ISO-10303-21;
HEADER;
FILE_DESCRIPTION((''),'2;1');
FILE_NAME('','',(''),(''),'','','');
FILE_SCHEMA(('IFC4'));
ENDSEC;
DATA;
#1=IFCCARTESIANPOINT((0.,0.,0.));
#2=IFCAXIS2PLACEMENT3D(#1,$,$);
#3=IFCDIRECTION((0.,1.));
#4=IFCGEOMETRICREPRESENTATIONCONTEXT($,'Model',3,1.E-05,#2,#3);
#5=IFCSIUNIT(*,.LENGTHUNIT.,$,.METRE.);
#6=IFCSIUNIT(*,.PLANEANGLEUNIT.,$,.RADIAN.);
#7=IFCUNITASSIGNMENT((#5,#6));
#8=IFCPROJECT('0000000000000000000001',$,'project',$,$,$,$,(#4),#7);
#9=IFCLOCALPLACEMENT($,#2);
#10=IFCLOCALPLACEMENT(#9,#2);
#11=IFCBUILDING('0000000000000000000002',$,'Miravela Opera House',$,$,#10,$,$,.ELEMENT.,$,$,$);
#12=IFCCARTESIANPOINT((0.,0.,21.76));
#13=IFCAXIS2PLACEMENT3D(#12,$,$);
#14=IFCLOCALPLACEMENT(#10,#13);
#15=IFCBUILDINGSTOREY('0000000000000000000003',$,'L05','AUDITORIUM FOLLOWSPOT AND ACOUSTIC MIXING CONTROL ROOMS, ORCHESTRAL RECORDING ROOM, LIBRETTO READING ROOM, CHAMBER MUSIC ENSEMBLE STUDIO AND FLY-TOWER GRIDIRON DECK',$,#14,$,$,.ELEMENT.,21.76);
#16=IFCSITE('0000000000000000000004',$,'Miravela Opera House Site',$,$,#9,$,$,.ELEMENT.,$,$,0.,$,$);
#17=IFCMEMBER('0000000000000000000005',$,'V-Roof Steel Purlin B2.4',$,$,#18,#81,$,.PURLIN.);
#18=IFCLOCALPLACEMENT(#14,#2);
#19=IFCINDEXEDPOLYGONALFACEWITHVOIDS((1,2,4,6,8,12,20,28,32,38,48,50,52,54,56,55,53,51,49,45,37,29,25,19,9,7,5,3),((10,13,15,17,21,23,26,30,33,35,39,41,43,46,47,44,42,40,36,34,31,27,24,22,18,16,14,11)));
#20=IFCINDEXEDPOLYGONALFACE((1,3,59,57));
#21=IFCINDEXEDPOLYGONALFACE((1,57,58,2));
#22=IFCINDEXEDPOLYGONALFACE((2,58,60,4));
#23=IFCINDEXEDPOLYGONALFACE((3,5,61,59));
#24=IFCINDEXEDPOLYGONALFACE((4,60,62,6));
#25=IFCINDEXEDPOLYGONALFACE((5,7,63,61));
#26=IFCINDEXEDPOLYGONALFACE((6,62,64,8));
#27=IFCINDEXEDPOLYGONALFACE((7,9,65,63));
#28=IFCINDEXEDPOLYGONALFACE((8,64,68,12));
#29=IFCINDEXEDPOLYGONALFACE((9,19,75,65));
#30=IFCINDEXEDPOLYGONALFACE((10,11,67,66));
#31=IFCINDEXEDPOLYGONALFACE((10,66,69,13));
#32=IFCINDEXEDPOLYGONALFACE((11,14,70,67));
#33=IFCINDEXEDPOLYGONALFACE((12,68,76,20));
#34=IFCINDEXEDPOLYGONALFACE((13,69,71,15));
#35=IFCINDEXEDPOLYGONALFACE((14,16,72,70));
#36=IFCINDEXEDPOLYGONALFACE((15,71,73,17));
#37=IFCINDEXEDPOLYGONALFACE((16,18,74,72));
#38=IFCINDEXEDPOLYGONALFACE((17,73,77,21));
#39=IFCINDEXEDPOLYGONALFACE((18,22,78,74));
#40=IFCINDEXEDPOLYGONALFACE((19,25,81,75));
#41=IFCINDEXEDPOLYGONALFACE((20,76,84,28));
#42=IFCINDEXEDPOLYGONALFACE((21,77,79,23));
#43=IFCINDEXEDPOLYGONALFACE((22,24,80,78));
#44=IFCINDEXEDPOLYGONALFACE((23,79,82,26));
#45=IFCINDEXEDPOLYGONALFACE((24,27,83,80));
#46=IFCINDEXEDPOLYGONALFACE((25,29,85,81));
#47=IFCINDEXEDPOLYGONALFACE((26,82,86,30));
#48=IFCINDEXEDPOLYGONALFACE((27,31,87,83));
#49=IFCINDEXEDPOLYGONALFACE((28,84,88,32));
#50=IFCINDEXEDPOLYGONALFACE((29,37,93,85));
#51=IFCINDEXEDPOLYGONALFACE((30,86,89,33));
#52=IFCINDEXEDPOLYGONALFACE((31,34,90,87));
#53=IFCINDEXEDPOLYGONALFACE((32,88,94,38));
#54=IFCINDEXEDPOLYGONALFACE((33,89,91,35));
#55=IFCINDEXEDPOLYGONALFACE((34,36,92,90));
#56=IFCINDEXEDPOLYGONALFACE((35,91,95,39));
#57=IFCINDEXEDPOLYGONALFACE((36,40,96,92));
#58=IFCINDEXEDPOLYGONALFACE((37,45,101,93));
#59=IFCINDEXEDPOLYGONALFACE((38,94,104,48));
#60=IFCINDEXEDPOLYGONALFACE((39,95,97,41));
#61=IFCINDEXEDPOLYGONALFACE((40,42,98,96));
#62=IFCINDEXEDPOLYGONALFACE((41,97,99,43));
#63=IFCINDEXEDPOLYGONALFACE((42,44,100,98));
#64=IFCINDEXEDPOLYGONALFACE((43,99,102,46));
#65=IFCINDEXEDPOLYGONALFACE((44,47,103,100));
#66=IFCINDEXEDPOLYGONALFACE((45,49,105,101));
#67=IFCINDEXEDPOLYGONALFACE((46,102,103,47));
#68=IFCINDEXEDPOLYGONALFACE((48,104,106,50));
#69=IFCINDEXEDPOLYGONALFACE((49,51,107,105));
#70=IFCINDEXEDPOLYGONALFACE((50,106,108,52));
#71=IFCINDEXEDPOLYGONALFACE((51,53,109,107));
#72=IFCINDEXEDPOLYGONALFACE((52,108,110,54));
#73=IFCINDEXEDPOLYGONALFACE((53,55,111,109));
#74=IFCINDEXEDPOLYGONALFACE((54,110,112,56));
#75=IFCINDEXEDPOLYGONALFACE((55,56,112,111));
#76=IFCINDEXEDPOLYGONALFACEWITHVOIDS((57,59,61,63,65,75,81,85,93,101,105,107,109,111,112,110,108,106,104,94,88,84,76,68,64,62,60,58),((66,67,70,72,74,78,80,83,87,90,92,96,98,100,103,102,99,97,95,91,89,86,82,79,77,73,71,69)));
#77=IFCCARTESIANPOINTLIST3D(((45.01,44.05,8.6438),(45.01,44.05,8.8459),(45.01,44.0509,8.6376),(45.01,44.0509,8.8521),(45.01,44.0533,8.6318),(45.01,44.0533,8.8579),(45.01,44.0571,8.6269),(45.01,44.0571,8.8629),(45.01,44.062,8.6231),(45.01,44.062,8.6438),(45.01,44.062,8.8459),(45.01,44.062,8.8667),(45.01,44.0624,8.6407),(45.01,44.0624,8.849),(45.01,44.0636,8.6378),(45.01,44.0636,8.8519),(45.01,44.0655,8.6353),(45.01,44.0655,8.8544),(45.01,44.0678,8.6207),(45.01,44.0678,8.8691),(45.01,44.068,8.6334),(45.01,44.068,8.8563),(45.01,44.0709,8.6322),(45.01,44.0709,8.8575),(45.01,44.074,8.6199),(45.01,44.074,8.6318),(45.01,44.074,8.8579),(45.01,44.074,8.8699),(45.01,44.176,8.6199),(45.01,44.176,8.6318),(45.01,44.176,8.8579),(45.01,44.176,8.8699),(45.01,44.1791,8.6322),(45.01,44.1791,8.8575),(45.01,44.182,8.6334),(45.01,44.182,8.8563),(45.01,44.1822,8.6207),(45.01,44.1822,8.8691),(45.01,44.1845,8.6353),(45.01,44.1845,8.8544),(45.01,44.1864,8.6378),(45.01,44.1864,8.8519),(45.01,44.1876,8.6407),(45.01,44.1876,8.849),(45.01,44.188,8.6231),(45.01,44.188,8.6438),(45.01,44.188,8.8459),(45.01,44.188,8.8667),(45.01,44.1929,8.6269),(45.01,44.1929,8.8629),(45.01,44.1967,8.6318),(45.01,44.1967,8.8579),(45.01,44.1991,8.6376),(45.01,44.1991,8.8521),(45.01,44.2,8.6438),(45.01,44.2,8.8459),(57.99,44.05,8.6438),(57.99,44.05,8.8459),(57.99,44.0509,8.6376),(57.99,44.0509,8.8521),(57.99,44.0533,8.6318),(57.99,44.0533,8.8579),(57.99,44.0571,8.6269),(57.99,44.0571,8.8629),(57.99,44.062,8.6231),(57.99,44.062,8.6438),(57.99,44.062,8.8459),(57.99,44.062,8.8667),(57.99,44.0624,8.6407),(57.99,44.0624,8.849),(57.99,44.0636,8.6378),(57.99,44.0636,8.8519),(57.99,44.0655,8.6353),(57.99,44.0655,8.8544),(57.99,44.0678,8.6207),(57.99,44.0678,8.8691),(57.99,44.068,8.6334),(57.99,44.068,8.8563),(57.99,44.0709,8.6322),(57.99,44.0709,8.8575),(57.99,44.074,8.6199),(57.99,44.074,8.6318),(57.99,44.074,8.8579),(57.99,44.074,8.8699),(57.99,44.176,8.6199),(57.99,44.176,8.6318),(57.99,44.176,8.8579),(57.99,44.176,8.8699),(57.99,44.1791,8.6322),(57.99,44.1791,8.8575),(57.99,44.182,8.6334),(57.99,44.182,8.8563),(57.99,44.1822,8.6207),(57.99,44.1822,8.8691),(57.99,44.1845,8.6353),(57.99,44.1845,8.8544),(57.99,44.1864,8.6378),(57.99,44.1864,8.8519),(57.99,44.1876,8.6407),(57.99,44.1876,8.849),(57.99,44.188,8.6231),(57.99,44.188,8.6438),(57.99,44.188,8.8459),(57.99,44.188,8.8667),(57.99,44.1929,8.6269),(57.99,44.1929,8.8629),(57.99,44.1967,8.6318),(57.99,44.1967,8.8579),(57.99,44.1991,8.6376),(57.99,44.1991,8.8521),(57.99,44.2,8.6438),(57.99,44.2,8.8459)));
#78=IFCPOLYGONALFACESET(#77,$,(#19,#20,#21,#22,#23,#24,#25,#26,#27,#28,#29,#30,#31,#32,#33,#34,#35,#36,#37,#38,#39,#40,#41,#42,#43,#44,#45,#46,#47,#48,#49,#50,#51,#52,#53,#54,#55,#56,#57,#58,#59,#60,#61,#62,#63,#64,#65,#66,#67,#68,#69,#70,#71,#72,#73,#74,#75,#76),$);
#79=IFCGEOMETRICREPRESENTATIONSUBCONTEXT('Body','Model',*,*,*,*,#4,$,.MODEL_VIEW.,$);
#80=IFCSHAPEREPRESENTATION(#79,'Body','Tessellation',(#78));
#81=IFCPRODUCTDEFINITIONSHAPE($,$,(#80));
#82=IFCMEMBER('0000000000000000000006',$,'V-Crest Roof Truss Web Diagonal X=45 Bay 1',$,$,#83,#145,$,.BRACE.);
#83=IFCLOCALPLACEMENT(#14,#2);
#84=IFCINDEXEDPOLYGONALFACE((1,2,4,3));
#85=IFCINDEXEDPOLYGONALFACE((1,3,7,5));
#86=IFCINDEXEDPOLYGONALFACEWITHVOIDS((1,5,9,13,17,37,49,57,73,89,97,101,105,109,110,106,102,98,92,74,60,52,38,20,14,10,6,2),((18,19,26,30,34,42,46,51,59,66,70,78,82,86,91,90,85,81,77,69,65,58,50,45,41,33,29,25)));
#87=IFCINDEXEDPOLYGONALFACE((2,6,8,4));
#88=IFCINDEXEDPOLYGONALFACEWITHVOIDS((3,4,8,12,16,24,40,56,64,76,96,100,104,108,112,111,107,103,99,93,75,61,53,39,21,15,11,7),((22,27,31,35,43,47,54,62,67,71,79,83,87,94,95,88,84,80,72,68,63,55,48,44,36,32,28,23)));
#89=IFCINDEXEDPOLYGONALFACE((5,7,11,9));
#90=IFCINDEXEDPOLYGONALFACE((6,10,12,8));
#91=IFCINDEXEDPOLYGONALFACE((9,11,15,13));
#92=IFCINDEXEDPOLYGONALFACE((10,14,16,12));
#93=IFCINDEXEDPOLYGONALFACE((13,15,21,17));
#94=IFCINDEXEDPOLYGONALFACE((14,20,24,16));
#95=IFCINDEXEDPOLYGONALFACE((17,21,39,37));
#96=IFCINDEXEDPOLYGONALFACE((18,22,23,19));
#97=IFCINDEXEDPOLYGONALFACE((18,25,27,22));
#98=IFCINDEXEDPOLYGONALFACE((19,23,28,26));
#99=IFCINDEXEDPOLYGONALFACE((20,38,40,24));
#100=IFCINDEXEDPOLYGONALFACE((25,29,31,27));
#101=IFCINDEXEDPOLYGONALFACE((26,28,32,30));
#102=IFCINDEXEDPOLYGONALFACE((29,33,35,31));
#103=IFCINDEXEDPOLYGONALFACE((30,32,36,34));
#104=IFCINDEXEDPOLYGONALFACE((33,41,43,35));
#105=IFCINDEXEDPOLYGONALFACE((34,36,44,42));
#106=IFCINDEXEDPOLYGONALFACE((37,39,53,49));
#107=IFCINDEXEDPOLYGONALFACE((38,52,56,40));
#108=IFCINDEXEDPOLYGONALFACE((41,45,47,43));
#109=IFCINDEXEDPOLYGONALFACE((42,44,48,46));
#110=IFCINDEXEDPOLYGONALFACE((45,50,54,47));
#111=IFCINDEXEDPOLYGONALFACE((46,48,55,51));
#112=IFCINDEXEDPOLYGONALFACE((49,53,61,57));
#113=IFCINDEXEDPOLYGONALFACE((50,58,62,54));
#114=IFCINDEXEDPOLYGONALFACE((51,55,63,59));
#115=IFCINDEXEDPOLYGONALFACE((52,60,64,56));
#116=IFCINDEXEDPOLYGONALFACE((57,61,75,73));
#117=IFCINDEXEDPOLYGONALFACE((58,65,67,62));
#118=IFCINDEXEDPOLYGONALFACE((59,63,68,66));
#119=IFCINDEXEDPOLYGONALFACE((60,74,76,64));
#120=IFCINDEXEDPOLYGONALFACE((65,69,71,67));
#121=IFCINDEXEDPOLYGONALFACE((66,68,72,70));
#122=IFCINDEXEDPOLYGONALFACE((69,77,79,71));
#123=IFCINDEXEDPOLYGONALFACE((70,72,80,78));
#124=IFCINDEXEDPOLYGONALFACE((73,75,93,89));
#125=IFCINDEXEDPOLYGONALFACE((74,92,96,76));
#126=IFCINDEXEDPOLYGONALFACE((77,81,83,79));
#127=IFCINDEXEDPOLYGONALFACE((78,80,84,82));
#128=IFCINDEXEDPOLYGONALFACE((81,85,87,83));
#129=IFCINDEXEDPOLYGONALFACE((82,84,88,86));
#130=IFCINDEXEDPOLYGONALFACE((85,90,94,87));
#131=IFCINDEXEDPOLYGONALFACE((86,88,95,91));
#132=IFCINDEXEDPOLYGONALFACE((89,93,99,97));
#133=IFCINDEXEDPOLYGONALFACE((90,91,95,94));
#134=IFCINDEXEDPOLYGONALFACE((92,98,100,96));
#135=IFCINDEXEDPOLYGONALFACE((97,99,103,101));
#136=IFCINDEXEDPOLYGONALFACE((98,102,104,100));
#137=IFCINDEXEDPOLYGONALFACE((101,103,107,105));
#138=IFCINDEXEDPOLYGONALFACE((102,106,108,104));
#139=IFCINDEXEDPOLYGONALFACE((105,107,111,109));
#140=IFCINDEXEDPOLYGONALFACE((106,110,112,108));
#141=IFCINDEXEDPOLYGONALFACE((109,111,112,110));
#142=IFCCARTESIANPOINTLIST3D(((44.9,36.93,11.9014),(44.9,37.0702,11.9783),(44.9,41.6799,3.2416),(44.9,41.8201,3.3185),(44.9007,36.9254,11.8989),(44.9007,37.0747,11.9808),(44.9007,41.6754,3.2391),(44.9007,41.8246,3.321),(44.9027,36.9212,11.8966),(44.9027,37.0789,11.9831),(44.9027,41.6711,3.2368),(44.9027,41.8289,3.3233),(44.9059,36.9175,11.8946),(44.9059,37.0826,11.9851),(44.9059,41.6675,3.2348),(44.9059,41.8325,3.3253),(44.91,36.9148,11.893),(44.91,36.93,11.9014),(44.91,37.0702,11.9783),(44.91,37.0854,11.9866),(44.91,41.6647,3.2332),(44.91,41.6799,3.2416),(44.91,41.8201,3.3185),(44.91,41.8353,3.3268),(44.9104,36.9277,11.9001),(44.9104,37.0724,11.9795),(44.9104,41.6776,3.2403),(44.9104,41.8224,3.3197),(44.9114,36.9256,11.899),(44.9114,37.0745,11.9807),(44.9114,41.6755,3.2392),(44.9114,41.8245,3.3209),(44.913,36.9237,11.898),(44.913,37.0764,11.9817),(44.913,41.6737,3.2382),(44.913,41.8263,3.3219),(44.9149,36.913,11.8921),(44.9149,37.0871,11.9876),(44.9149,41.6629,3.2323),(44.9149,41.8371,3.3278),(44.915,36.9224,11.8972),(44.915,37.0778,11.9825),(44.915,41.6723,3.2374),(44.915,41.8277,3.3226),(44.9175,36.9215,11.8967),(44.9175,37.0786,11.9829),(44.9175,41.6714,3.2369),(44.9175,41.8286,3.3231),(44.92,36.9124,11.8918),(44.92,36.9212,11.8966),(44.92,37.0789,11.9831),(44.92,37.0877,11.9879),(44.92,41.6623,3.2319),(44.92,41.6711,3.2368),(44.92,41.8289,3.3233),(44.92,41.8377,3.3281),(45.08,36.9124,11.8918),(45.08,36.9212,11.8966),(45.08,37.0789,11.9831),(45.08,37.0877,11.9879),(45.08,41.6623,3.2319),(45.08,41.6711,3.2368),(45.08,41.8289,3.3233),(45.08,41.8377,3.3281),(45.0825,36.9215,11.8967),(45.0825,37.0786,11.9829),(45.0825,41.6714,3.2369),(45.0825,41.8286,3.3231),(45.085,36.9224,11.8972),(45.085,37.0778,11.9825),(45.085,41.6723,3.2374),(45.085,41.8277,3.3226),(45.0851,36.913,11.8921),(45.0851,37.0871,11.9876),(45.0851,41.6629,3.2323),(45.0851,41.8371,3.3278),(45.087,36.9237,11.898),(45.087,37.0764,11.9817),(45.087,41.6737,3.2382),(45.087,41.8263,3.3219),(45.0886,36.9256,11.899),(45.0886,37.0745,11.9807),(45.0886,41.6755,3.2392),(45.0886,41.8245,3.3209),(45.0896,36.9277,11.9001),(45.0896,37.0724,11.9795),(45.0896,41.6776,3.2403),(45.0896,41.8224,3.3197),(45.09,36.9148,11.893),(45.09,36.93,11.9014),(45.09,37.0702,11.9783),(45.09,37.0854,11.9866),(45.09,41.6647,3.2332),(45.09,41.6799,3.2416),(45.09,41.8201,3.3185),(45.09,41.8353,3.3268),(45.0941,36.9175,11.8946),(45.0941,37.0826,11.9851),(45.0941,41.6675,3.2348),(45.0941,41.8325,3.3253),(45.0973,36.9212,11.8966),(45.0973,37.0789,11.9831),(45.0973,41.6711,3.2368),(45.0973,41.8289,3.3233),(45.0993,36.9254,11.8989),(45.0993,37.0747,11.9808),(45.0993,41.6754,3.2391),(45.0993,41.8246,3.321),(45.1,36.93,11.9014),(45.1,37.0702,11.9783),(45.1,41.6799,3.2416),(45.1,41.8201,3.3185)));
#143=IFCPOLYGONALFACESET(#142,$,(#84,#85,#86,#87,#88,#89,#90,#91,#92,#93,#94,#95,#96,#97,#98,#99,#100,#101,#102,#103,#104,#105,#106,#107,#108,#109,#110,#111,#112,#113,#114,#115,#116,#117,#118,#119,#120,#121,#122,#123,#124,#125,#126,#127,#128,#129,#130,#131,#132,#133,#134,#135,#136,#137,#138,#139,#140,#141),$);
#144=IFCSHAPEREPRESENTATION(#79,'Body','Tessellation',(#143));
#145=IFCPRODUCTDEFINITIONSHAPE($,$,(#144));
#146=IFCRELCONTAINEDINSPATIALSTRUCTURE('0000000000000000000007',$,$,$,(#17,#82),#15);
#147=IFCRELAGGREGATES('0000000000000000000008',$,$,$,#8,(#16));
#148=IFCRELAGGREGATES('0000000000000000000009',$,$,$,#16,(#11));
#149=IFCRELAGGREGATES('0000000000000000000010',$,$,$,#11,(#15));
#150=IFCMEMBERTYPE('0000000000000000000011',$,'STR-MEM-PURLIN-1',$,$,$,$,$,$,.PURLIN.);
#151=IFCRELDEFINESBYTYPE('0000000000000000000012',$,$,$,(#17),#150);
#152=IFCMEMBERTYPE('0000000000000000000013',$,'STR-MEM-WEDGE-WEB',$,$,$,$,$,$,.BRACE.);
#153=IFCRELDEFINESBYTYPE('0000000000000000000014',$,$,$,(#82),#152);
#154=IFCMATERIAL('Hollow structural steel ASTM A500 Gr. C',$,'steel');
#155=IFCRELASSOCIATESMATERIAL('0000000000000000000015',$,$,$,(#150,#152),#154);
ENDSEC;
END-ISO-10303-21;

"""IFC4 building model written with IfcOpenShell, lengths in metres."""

from ifc_helpers import new_model, si_unit, direction, frame, origin, origin_2d, place, context, subcontext, project, spatial, hollow_rectangle, extrude, material, material_profile, profile_set, type_object, element, save


model = new_model("IFC4")

# Units and contexts
model_context = context("Model", 3, precision=1e-05, world=origin(), true_north=direction((0.0, 1.0)))
body_context = subcontext(model_context, "Body", "Model", "MODEL_VIEW")
ifc_project = project(units=[si_unit("LENGTHUNIT", "METRE"), si_unit("PLANEANGLEUNIT", "RADIAN")], contexts=[model_context])

# Site, building, storey
site_placement = place(None, origin())
site = spatial("IfcSite", under=ifc_project, at=site_placement, Name="Miravela Opera House Site", CompositionType="ELEMENT", RefElevation=0.0)
building_placement = place(site_placement, origin())
building = spatial("IfcBuilding", under=site, at=building_placement, Name="Miravela Opera House", CompositionType="ELEMENT")
storey_placement = place(building_placement, frame((0.0, 0.0, 21.76)))
storey = spatial("IfcBuildingStorey", under=building, at=storey_placement, Name="L05", Description="AUDITORIUM FOLLOWSPOT AND ACOUSTIC MIXING CONTROL ROOMS, ORCHESTRAL RECORDING ROOM, LIBRETTO READING ROOM, CHAMBER MUSIC ENSEMBLE STUDIO AND FLY-TOWER GRIDIRON DECK", CompositionType="ELEMENT", Elevation=21.76)

# Members
ifc_material_1 = material(Name="Hollow structural steel ASTM A500 Gr. C", Category="steel")
ifc_material_profile_1 = material_profile(ifc_material_1, hollow_rectangle(XDim=0.1499, YDim=0.25, WallThickness=0.012, InnerFilletRadius=0.012, OuterFilletRadius=0.0239, at=origin_2d()), Name="HSS250X150X12")
ifc_profile_set_1 = profile_set([ifc_material_profile_1])
member_type_1 = type_object("IfcMemberType", Name="STR-MEM-PURLIN-1", PredefinedType="PURLIN", material=ifc_profile_set_1)
for number, where, z_axis, x_axis, name in (
    (1, (45.01, 44.125, 8.7449), (1.0, 0.0, 0.0), (0.0, 1.0, 0.0), "V-Roof Steel Purlin B2.4"),
):
    element("IfcMember", number, at=place(storey_placement, frame(where, z_axis=z_axis, x_axis=x_axis)), inside=storey, type_object=member_type_1, Name=name, PredefinedType="PURLIN", context=body_context, shape_type="SweptSolid", body=[
        extrude(hollow_rectangle(XDim=0.1499, YDim=0.25, WallThickness=0.012, InnerFilletRadius=0.012, OuterFilletRadius=0.0239, at=origin_2d()), origin(), (0.0, 0.0, 1.0), 12.98),
    ])
ifc_material_profile_2 = material_profile(ifc_material_1, hollow_rectangle(XDim=0.2, YDim=0.2, WallThickness=0.01, InnerFilletRadius=0.01, OuterFilletRadius=0.02, at=origin_2d()), Name="HSS200X200X10")
ifc_profile_set_2 = profile_set([ifc_material_profile_2])
member_type_2 = type_object("IfcMemberType", Name="STR-MEM-WEDGE-WEB", PredefinedType="BRACE", material=ifc_profile_set_2)
for number, where, z_axis, x_axis, name in (
    (2, (45.0, 41.75, 3.28), (0.0, -0.480912, 0.876769), (1.0, 0.0, 0.0), "V-Crest Roof Truss Web Diagonal X=45 Bay 1"),
):
    element("IfcMember", number, at=place(storey_placement, frame(where, z_axis=z_axis, x_axis=x_axis)), inside=storey, type_object=member_type_2, Name=name, PredefinedType="BRACE", context=body_context, shape_type="SweptSolid", body=[
        extrude(hollow_rectangle(XDim=0.2, YDim=0.2, WallThickness=0.01, InnerFilletRadius=0.01, OuterFilletRadius=0.02, at=origin_2d()), origin(), (0.0, 0.0, 1.0), 9.877),
    ])

save(model, "model.ifc")
